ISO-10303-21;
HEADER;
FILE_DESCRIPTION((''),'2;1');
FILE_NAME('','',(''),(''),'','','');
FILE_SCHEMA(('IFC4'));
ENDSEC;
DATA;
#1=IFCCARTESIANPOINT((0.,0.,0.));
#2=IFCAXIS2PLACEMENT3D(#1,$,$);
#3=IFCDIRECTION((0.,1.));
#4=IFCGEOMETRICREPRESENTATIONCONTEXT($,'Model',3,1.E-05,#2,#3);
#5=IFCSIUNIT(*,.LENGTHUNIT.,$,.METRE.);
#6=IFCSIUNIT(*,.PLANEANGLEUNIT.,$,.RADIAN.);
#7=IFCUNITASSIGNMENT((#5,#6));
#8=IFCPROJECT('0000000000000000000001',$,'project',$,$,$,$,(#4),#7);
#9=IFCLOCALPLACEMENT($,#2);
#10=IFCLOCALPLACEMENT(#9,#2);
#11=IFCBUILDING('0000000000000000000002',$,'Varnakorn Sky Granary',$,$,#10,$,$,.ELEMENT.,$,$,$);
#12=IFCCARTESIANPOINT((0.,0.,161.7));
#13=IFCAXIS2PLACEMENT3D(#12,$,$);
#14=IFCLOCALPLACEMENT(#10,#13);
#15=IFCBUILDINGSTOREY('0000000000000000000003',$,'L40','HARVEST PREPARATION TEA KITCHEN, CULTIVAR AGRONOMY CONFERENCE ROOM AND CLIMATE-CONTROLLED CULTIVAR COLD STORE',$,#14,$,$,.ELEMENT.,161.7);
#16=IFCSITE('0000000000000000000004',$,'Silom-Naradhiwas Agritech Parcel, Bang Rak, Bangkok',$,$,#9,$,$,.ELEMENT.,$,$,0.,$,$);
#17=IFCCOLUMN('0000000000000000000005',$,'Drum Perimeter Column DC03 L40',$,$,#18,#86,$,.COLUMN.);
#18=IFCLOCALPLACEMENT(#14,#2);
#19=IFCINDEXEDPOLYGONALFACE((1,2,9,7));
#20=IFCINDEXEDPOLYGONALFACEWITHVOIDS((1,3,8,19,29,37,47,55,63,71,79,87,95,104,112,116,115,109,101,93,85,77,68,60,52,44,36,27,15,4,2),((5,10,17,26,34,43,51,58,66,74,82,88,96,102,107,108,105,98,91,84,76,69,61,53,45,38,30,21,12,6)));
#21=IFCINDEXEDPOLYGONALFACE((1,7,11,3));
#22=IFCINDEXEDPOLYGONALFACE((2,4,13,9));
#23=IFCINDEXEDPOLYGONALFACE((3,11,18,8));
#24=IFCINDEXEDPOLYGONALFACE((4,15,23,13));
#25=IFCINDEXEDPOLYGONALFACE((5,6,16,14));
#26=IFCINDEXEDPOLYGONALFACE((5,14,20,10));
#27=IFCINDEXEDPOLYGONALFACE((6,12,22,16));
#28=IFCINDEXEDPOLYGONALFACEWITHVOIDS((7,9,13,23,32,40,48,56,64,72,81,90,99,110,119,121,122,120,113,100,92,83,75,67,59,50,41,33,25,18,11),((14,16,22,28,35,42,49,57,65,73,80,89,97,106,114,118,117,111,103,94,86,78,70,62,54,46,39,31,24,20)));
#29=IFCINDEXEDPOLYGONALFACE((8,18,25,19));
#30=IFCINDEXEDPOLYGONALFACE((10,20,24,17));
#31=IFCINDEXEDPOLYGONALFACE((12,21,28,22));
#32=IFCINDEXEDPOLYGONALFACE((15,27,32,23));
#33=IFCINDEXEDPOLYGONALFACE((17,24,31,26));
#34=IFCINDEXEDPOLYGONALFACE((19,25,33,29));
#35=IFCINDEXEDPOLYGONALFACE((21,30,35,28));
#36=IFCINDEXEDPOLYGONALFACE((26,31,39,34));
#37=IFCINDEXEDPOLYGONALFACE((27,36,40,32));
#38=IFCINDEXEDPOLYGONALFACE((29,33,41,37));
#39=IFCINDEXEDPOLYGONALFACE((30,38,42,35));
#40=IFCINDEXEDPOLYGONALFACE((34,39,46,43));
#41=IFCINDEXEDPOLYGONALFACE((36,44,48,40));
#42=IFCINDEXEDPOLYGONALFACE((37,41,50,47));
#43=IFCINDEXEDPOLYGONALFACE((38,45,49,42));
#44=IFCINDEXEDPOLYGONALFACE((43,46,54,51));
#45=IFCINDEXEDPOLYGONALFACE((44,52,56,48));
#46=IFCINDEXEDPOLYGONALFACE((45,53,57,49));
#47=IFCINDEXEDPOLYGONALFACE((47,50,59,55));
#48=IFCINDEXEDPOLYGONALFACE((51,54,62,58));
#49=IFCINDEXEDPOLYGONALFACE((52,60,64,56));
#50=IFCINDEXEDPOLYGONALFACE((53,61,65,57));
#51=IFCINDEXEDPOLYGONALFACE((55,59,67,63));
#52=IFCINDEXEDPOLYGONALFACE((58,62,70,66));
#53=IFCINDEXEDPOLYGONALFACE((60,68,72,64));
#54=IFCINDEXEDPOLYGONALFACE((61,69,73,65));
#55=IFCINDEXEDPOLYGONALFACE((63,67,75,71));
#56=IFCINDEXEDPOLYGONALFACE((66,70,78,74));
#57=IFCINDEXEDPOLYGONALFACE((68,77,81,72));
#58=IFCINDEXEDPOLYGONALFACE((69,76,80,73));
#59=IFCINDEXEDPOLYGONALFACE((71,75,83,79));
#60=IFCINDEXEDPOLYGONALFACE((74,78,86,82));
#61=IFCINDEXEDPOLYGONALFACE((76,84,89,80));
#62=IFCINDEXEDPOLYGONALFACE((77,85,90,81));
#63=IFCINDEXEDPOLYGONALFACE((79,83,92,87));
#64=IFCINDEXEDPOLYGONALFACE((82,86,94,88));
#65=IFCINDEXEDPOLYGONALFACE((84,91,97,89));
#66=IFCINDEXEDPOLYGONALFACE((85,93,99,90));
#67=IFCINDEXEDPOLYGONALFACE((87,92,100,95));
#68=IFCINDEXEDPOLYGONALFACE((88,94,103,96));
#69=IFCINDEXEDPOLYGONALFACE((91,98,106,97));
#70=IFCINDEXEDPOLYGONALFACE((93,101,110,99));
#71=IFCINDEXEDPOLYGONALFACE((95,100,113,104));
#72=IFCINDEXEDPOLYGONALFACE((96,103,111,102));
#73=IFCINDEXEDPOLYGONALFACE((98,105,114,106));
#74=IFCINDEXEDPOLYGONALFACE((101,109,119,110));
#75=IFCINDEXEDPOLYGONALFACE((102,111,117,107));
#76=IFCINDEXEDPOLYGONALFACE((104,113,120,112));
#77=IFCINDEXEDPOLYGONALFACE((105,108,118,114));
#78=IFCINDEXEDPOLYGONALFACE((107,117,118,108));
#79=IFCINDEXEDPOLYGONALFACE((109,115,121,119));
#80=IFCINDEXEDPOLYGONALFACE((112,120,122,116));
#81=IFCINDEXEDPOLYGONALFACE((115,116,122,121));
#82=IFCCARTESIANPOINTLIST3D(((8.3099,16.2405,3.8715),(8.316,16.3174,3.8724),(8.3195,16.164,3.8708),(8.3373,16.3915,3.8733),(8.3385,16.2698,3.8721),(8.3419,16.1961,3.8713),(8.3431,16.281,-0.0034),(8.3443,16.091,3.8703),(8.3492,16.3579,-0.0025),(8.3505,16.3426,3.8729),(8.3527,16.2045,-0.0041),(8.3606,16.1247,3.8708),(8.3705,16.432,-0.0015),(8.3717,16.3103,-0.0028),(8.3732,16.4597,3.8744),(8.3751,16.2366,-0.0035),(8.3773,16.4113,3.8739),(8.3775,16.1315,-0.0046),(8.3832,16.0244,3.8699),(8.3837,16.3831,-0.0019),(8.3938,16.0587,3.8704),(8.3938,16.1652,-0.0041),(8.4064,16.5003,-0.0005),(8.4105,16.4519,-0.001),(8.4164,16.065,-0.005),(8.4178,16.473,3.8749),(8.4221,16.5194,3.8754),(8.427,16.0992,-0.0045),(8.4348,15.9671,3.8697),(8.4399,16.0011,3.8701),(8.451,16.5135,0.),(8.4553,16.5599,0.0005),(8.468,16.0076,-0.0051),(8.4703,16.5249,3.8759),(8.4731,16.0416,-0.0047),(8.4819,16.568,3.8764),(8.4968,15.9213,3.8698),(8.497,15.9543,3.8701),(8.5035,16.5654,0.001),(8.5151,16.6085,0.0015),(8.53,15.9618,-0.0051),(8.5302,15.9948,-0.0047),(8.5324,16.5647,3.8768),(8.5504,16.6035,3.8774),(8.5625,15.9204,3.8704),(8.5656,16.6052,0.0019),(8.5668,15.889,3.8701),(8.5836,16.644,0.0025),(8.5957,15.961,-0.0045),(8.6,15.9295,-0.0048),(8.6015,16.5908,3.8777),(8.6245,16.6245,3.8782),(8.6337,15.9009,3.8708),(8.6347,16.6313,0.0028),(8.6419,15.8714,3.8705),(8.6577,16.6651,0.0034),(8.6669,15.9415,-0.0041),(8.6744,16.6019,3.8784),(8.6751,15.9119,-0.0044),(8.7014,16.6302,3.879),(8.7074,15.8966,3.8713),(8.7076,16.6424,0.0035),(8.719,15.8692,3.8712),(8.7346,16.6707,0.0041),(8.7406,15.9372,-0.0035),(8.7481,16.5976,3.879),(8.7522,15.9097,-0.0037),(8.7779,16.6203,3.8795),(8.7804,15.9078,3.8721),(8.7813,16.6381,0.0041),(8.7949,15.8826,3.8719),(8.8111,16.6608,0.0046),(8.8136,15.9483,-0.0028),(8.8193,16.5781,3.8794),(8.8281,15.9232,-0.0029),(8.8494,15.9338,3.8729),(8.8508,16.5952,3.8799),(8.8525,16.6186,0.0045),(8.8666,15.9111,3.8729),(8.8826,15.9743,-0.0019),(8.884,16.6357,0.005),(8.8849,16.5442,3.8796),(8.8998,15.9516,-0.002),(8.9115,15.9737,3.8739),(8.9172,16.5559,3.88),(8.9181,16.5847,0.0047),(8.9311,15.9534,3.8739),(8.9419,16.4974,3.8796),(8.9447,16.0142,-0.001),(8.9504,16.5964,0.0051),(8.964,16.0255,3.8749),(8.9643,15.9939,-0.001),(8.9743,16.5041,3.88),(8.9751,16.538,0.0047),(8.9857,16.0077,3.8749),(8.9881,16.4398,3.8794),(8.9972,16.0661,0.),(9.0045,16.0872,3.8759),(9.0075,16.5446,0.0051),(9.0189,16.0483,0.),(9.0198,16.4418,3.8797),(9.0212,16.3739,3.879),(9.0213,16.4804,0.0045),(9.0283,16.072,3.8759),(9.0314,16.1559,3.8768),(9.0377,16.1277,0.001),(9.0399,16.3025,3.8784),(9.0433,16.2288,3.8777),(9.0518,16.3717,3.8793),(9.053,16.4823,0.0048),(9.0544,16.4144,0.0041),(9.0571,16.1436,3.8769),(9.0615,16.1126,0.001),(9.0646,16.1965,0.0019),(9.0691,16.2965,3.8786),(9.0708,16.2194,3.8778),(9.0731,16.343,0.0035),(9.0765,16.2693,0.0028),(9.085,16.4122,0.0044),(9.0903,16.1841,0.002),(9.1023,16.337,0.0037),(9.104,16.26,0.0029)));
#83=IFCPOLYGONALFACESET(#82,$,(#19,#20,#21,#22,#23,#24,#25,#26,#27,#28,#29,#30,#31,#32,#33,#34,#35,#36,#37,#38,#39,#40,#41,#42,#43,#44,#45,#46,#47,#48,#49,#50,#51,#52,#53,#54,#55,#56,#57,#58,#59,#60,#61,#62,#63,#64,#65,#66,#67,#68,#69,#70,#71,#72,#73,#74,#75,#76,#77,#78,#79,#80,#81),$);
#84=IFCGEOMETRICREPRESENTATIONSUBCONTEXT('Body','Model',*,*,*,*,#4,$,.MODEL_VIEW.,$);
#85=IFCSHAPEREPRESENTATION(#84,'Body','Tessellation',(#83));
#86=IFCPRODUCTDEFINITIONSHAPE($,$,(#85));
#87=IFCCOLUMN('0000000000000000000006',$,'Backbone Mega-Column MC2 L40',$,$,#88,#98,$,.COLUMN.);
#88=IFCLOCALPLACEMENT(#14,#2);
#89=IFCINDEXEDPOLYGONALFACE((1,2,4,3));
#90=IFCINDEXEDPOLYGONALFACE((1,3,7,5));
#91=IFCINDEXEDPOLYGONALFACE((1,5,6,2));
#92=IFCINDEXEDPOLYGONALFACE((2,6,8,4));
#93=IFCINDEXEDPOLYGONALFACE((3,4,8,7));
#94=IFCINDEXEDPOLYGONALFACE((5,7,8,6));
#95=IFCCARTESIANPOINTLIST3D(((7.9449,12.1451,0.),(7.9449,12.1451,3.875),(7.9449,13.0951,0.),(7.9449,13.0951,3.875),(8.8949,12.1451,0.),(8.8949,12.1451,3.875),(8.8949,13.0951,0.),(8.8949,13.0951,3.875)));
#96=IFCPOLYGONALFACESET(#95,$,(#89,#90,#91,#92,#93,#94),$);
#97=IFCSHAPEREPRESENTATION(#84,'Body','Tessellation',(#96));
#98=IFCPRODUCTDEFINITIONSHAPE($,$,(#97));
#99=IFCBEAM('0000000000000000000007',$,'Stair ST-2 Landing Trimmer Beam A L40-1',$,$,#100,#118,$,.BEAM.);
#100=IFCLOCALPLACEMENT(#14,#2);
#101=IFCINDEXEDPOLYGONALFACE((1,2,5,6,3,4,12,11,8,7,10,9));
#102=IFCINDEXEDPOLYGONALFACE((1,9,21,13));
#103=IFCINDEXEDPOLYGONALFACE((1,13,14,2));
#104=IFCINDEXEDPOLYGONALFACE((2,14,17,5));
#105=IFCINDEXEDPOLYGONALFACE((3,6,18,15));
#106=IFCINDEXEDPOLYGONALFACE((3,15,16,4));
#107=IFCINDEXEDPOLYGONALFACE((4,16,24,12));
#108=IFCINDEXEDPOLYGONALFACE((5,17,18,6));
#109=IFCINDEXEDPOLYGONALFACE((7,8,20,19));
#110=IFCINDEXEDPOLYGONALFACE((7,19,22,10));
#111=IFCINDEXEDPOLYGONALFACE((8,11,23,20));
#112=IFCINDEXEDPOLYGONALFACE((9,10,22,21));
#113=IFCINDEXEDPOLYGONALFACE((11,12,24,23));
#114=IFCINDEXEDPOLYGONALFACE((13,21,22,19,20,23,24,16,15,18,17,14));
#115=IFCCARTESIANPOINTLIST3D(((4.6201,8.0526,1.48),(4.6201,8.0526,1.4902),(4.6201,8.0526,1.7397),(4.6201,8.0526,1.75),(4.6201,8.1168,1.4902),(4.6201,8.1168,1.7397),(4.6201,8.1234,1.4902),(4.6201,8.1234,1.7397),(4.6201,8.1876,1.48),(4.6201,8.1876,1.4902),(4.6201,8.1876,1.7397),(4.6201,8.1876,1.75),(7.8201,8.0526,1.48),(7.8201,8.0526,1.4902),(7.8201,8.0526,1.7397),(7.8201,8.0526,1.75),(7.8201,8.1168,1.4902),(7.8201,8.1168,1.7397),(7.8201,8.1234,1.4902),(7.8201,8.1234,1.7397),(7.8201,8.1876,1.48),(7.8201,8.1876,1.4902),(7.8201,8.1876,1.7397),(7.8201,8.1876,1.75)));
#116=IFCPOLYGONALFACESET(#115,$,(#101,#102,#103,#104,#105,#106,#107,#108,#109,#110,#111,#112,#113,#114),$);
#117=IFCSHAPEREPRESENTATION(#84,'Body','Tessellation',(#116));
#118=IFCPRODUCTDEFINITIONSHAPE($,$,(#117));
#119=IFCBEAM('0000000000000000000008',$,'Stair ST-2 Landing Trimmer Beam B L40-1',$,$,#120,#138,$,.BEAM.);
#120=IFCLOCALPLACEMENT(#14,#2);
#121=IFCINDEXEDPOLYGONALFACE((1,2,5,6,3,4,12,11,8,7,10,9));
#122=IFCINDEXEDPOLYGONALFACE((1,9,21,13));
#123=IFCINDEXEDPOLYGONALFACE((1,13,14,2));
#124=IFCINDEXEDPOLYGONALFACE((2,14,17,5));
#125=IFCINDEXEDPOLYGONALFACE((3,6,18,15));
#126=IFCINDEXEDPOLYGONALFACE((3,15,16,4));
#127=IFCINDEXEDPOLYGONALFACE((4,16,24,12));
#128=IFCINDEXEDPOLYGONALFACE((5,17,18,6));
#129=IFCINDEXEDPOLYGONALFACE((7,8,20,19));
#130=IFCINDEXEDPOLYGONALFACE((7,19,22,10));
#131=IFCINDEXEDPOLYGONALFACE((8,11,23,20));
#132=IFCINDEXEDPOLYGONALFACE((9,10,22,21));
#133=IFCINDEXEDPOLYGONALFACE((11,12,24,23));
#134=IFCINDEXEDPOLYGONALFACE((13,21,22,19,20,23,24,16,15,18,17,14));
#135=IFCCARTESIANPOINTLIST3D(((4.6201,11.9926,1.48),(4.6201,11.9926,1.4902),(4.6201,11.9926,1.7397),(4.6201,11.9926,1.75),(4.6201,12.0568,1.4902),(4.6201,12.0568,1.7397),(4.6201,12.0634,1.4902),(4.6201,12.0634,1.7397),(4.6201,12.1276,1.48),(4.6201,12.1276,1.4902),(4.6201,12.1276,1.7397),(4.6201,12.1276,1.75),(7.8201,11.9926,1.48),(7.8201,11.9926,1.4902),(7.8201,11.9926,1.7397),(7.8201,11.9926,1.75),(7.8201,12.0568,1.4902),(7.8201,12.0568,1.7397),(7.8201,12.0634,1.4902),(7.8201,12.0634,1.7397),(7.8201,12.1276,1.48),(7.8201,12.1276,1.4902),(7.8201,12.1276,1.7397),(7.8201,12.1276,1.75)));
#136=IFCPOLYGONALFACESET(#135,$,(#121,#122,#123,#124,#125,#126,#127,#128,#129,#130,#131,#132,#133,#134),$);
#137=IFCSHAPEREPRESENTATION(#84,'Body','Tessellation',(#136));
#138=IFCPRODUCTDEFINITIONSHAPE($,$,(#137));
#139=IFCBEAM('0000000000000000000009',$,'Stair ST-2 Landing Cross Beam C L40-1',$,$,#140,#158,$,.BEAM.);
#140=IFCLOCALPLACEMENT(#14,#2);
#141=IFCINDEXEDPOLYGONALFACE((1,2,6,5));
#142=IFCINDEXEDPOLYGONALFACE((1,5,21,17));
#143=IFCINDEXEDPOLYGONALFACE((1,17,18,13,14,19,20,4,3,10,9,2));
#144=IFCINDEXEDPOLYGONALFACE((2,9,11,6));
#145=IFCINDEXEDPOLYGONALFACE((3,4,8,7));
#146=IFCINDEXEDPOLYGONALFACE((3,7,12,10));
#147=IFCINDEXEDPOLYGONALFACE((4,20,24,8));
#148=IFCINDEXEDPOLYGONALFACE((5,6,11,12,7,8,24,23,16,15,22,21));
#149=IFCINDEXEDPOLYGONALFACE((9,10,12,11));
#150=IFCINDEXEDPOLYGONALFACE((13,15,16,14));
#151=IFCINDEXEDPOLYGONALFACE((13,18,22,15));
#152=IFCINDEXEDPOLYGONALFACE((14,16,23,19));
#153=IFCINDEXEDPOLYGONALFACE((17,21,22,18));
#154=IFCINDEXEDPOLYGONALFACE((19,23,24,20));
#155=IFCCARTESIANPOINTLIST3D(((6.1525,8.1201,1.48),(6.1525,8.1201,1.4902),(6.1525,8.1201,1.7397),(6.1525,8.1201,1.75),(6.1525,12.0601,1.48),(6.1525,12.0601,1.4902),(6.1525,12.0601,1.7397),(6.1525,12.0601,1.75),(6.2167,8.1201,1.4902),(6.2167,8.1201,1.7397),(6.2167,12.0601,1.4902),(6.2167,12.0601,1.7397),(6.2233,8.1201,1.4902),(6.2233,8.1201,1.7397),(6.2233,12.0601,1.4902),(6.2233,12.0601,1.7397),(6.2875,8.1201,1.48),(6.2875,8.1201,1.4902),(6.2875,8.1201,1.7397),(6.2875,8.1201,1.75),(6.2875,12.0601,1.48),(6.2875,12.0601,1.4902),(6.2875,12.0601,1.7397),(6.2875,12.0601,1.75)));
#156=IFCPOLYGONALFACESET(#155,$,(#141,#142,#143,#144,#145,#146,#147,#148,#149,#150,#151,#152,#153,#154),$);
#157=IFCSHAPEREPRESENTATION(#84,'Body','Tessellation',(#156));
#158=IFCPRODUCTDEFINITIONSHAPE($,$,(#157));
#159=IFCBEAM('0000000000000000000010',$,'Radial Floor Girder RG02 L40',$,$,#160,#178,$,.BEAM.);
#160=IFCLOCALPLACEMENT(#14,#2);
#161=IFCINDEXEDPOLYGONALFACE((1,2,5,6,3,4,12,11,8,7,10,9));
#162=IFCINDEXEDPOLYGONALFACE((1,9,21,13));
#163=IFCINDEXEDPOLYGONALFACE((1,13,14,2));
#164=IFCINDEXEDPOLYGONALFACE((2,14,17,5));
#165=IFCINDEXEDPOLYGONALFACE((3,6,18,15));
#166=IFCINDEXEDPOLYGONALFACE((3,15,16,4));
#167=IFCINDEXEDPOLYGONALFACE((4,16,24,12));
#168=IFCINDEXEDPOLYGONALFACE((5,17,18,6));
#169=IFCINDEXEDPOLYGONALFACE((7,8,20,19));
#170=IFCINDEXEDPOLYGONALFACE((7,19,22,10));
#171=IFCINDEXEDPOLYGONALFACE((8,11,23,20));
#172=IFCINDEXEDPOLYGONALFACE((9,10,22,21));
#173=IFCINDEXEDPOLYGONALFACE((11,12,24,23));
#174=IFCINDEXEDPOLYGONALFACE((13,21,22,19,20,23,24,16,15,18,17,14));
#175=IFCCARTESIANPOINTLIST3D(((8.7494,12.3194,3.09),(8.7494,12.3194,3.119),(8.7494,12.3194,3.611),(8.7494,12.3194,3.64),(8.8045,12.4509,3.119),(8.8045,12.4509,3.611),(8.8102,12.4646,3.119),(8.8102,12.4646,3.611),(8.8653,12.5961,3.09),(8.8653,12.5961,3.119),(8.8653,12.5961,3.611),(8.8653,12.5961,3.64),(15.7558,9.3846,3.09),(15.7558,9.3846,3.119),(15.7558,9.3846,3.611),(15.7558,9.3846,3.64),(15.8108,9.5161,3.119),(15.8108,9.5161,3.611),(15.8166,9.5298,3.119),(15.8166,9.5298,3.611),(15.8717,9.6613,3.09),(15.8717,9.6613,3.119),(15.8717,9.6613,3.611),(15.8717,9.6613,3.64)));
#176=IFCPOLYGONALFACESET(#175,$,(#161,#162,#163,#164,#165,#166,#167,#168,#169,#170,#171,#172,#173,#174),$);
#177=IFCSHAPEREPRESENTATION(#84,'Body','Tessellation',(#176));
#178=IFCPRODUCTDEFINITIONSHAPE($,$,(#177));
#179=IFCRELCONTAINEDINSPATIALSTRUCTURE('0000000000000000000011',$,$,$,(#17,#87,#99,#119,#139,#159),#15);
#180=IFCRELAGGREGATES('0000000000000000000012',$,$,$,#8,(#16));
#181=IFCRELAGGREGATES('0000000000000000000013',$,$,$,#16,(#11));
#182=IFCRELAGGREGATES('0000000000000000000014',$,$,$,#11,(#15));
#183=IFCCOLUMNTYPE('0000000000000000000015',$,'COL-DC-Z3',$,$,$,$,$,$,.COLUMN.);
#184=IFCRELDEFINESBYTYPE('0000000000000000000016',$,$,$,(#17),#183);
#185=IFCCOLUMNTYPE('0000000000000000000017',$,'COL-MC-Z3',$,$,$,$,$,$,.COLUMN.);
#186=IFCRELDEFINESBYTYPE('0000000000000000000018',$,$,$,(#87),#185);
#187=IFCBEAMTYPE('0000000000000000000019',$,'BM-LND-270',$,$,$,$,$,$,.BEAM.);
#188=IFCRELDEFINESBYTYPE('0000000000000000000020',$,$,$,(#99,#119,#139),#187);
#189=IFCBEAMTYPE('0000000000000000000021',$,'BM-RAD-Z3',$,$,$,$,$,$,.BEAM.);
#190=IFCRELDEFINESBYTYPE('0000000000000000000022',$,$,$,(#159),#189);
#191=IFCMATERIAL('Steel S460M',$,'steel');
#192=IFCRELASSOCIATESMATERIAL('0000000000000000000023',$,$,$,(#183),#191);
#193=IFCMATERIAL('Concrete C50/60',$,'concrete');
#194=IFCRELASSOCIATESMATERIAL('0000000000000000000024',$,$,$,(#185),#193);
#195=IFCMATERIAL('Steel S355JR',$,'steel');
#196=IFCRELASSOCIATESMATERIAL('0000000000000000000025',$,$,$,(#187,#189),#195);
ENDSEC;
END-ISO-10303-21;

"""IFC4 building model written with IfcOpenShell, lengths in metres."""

from ifc_helpers import new_model, si_unit, direction, frame, origin, origin_2d, place, context, subcontext, project, spatial, rectangle, hollow_circle, i_section, extrude, material, material_profile, profile_set, type_object, element, save


model = new_model("IFC4")

# Units and contexts
model_context = context("Model", 3, precision=1e-05, world=origin(), true_north=direction((0.0, 1.0)))
body_context = subcontext(model_context, "Body", "Model", "MODEL_VIEW")
ifc_project = project(units=[si_unit("LENGTHUNIT", "METRE"), si_unit("PLANEANGLEUNIT", "RADIAN")], contexts=[model_context])

# Site, building, storey
site_placement = place(None, origin())
site = spatial("IfcSite", under=ifc_project, at=site_placement, Name="Silom-Naradhiwas Agritech Parcel, Bang Rak, Bangkok", CompositionType="ELEMENT", RefElevation=0.0)
building_placement = place(site_placement, origin())
building = spatial("IfcBuilding", under=site, at=building_placement, Name="Varnakorn Sky Granary", CompositionType="ELEMENT")
storey_placement = place(building_placement, frame((0.0, 0.0, 161.7)))
storey = spatial("IfcBuildingStorey", under=building, at=storey_placement, Name="L40", Description="HARVEST PREPARATION TEA KITCHEN, CULTIVAR AGRONOMY CONFERENCE ROOM AND CLIMATE-CONTROLLED CULTIVAR COLD STORE", CompositionType="ELEMENT", Elevation=161.7)

# Columns
ifc_material_1 = material(Name="Steel S460M", Category="steel")
ifc_material_profile_1 = material_profile(ifc_material_1, hollow_circle(Radius=0.3811, WallThickness=0.0281, at=origin_2d()), Name="CHS 762x28")
ifc_profile_set_1 = profile_set([ifc_material_profile_1], Name="Steel S460M")
column_type_1 = type_object("IfcColumnType", Name="COL-DC-Z3", PredefinedType="COLUMN", material=ifc_profile_set_1)
column_1_placement = place(storey_placement, frame((8.7241, 16.2898, 0.0), z_axis=(-0.008568, -0.010458, 0.999909), x_axis=(0.773542, -0.633745, 0.0)))
element("IfcColumn", 1, at=column_1_placement, inside=storey, type_object=column_type_1, Name="Drum Perimeter Column DC03 L40", PredefinedType="COLUMN", context=body_context, shape_type="SweptSolid", body=[
    extrude(hollow_circle(Radius=0.3811, WallThickness=0.0281, at=origin_2d()), origin(), (0.0, 0.0, 1.0), 3.8752),
])
ifc_material_2 = material(Name="Concrete C50/60", Category="concrete")
ifc_material_profile_2 = material_profile(ifc_material_2, rectangle(XDim=0.95, YDim=0.95, at=origin_2d()), Name="RC 950x950")
ifc_profile_set_2 = profile_set([ifc_material_profile_2], Name="Concrete C50/60")
column_type_2 = type_object("IfcColumnType", Name="COL-MC-Z3", PredefinedType="COLUMN", material=ifc_profile_set_2)
column_2_placement = place(storey_placement, frame((8.4199, 12.6201, 0.0), z_axis=(0.0, 0.0, 1.0), x_axis=(1.0, 0.0, 0.0)))
element("IfcColumn", 2, at=column_2_placement, inside=storey, type_object=column_type_2, Name="Backbone Mega-Column MC2 L40", PredefinedType="COLUMN", context=body_context, shape_type="SweptSolid", body=[
    extrude(rectangle(XDim=0.95, YDim=0.95, at=origin_2d()), origin(), (0.0, 0.0, 1.0), 3.875),
])

# Beams
ifc_material_3 = material(Name="Steel S355JR", Category="steel")
ifc_material_profile_3 = material_profile(ifc_material_3, i_section(OverallWidth=0.135, OverallDepth=0.27, WebThickness=0.0066, FlangeThickness=0.0103, at=origin_2d()), Name="IPE 270")
ifc_profile_set_3 = profile_set([ifc_material_profile_3], Name="Steel S355JR")
beam_type_1 = type_object("IfcBeamType", Name="BM-LND-270", PredefinedType="BEAM", material=ifc_profile_set_3)
for number, where, z_axis, x_axis, name in (
    (3, (4.6201, 8.1201, 1.615), (1.0, 0.0, 0.0), (0.0, 1.0, 0.0), "Stair ST-2 Landing Trimmer Beam A L40-1"),
    (4, (4.6201, 12.0601, 1.615), (1.0, 0.0, 0.0), (0.0, 1.0, 0.0), "Stair ST-2 Landing Trimmer Beam B L40-1"),
):
    element("IfcBeam", number, at=place(storey_placement, frame(where, z_axis=z_axis, x_axis=x_axis)), inside=storey, type_object=beam_type_1, Name=name, PredefinedType="BEAM", context=body_context, shape_type="SweptSolid", body=[
        extrude(i_section(OverallWidth=0.135, OverallDepth=0.27, WebThickness=0.0066, FlangeThickness=0.0103, at=origin_2d()), origin(), (0.0, 0.0, 1.0), 3.2),
    ])
beam_1_placement = place(storey_placement, frame((6.22, 8.1201, 1.615), z_axis=(0.0, 1.0, 0.0), x_axis=(-1.0, 0.0, 0.0)))
element("IfcBeam", 5, at=beam_1_placement, inside=storey, type_object=beam_type_1, Name="Stair ST-2 Landing Cross Beam C L40-1", PredefinedType="BEAM", context=body_context, shape_type="SweptSolid", body=[
    extrude(i_section(OverallWidth=0.135, OverallDepth=0.27, WebThickness=0.0066, FlangeThickness=0.0103, at=origin_2d()), origin(), (0.0, 0.0, 1.0), 3.9399),
])
ifc_material_profile_4 = material_profile(ifc_material_3, i_section(OverallWidth=0.3, OverallDepth=0.55, WebThickness=0.0149, FlangeThickness=0.0291, at=origin_2d()), Name="HE 550 B")
ifc_profile_set_4 = profile_set([ifc_material_profile_4], Name="Steel S355JR")
beam_type_2 = type_object("IfcBeamType", Name="BM-RAD-Z3", PredefinedType="BEAM", material=ifc_profile_set_4)
beam_2_placement = place(storey_placement, frame((8.8074, 12.4578, 3.365), z_axis=(0.922351, -0.386354, 0.0), x_axis=(0.386354, 0.922351, 0.0)))
element("IfcBeam", 6, at=beam_2_placement, inside=storey, type_object=beam_type_2, Name="Radial Floor Girder RG02 L40", PredefinedType="BEAM", context=body_context, shape_type="SweptSolid", body=[
    extrude(i_section(OverallWidth=0.3, OverallDepth=0.55, WebThickness=0.0149, FlangeThickness=0.0291, at=origin_2d()), origin(), (0.0, 0.0, 1.0), 7.5962),
])

save(model, "model.ifc")
